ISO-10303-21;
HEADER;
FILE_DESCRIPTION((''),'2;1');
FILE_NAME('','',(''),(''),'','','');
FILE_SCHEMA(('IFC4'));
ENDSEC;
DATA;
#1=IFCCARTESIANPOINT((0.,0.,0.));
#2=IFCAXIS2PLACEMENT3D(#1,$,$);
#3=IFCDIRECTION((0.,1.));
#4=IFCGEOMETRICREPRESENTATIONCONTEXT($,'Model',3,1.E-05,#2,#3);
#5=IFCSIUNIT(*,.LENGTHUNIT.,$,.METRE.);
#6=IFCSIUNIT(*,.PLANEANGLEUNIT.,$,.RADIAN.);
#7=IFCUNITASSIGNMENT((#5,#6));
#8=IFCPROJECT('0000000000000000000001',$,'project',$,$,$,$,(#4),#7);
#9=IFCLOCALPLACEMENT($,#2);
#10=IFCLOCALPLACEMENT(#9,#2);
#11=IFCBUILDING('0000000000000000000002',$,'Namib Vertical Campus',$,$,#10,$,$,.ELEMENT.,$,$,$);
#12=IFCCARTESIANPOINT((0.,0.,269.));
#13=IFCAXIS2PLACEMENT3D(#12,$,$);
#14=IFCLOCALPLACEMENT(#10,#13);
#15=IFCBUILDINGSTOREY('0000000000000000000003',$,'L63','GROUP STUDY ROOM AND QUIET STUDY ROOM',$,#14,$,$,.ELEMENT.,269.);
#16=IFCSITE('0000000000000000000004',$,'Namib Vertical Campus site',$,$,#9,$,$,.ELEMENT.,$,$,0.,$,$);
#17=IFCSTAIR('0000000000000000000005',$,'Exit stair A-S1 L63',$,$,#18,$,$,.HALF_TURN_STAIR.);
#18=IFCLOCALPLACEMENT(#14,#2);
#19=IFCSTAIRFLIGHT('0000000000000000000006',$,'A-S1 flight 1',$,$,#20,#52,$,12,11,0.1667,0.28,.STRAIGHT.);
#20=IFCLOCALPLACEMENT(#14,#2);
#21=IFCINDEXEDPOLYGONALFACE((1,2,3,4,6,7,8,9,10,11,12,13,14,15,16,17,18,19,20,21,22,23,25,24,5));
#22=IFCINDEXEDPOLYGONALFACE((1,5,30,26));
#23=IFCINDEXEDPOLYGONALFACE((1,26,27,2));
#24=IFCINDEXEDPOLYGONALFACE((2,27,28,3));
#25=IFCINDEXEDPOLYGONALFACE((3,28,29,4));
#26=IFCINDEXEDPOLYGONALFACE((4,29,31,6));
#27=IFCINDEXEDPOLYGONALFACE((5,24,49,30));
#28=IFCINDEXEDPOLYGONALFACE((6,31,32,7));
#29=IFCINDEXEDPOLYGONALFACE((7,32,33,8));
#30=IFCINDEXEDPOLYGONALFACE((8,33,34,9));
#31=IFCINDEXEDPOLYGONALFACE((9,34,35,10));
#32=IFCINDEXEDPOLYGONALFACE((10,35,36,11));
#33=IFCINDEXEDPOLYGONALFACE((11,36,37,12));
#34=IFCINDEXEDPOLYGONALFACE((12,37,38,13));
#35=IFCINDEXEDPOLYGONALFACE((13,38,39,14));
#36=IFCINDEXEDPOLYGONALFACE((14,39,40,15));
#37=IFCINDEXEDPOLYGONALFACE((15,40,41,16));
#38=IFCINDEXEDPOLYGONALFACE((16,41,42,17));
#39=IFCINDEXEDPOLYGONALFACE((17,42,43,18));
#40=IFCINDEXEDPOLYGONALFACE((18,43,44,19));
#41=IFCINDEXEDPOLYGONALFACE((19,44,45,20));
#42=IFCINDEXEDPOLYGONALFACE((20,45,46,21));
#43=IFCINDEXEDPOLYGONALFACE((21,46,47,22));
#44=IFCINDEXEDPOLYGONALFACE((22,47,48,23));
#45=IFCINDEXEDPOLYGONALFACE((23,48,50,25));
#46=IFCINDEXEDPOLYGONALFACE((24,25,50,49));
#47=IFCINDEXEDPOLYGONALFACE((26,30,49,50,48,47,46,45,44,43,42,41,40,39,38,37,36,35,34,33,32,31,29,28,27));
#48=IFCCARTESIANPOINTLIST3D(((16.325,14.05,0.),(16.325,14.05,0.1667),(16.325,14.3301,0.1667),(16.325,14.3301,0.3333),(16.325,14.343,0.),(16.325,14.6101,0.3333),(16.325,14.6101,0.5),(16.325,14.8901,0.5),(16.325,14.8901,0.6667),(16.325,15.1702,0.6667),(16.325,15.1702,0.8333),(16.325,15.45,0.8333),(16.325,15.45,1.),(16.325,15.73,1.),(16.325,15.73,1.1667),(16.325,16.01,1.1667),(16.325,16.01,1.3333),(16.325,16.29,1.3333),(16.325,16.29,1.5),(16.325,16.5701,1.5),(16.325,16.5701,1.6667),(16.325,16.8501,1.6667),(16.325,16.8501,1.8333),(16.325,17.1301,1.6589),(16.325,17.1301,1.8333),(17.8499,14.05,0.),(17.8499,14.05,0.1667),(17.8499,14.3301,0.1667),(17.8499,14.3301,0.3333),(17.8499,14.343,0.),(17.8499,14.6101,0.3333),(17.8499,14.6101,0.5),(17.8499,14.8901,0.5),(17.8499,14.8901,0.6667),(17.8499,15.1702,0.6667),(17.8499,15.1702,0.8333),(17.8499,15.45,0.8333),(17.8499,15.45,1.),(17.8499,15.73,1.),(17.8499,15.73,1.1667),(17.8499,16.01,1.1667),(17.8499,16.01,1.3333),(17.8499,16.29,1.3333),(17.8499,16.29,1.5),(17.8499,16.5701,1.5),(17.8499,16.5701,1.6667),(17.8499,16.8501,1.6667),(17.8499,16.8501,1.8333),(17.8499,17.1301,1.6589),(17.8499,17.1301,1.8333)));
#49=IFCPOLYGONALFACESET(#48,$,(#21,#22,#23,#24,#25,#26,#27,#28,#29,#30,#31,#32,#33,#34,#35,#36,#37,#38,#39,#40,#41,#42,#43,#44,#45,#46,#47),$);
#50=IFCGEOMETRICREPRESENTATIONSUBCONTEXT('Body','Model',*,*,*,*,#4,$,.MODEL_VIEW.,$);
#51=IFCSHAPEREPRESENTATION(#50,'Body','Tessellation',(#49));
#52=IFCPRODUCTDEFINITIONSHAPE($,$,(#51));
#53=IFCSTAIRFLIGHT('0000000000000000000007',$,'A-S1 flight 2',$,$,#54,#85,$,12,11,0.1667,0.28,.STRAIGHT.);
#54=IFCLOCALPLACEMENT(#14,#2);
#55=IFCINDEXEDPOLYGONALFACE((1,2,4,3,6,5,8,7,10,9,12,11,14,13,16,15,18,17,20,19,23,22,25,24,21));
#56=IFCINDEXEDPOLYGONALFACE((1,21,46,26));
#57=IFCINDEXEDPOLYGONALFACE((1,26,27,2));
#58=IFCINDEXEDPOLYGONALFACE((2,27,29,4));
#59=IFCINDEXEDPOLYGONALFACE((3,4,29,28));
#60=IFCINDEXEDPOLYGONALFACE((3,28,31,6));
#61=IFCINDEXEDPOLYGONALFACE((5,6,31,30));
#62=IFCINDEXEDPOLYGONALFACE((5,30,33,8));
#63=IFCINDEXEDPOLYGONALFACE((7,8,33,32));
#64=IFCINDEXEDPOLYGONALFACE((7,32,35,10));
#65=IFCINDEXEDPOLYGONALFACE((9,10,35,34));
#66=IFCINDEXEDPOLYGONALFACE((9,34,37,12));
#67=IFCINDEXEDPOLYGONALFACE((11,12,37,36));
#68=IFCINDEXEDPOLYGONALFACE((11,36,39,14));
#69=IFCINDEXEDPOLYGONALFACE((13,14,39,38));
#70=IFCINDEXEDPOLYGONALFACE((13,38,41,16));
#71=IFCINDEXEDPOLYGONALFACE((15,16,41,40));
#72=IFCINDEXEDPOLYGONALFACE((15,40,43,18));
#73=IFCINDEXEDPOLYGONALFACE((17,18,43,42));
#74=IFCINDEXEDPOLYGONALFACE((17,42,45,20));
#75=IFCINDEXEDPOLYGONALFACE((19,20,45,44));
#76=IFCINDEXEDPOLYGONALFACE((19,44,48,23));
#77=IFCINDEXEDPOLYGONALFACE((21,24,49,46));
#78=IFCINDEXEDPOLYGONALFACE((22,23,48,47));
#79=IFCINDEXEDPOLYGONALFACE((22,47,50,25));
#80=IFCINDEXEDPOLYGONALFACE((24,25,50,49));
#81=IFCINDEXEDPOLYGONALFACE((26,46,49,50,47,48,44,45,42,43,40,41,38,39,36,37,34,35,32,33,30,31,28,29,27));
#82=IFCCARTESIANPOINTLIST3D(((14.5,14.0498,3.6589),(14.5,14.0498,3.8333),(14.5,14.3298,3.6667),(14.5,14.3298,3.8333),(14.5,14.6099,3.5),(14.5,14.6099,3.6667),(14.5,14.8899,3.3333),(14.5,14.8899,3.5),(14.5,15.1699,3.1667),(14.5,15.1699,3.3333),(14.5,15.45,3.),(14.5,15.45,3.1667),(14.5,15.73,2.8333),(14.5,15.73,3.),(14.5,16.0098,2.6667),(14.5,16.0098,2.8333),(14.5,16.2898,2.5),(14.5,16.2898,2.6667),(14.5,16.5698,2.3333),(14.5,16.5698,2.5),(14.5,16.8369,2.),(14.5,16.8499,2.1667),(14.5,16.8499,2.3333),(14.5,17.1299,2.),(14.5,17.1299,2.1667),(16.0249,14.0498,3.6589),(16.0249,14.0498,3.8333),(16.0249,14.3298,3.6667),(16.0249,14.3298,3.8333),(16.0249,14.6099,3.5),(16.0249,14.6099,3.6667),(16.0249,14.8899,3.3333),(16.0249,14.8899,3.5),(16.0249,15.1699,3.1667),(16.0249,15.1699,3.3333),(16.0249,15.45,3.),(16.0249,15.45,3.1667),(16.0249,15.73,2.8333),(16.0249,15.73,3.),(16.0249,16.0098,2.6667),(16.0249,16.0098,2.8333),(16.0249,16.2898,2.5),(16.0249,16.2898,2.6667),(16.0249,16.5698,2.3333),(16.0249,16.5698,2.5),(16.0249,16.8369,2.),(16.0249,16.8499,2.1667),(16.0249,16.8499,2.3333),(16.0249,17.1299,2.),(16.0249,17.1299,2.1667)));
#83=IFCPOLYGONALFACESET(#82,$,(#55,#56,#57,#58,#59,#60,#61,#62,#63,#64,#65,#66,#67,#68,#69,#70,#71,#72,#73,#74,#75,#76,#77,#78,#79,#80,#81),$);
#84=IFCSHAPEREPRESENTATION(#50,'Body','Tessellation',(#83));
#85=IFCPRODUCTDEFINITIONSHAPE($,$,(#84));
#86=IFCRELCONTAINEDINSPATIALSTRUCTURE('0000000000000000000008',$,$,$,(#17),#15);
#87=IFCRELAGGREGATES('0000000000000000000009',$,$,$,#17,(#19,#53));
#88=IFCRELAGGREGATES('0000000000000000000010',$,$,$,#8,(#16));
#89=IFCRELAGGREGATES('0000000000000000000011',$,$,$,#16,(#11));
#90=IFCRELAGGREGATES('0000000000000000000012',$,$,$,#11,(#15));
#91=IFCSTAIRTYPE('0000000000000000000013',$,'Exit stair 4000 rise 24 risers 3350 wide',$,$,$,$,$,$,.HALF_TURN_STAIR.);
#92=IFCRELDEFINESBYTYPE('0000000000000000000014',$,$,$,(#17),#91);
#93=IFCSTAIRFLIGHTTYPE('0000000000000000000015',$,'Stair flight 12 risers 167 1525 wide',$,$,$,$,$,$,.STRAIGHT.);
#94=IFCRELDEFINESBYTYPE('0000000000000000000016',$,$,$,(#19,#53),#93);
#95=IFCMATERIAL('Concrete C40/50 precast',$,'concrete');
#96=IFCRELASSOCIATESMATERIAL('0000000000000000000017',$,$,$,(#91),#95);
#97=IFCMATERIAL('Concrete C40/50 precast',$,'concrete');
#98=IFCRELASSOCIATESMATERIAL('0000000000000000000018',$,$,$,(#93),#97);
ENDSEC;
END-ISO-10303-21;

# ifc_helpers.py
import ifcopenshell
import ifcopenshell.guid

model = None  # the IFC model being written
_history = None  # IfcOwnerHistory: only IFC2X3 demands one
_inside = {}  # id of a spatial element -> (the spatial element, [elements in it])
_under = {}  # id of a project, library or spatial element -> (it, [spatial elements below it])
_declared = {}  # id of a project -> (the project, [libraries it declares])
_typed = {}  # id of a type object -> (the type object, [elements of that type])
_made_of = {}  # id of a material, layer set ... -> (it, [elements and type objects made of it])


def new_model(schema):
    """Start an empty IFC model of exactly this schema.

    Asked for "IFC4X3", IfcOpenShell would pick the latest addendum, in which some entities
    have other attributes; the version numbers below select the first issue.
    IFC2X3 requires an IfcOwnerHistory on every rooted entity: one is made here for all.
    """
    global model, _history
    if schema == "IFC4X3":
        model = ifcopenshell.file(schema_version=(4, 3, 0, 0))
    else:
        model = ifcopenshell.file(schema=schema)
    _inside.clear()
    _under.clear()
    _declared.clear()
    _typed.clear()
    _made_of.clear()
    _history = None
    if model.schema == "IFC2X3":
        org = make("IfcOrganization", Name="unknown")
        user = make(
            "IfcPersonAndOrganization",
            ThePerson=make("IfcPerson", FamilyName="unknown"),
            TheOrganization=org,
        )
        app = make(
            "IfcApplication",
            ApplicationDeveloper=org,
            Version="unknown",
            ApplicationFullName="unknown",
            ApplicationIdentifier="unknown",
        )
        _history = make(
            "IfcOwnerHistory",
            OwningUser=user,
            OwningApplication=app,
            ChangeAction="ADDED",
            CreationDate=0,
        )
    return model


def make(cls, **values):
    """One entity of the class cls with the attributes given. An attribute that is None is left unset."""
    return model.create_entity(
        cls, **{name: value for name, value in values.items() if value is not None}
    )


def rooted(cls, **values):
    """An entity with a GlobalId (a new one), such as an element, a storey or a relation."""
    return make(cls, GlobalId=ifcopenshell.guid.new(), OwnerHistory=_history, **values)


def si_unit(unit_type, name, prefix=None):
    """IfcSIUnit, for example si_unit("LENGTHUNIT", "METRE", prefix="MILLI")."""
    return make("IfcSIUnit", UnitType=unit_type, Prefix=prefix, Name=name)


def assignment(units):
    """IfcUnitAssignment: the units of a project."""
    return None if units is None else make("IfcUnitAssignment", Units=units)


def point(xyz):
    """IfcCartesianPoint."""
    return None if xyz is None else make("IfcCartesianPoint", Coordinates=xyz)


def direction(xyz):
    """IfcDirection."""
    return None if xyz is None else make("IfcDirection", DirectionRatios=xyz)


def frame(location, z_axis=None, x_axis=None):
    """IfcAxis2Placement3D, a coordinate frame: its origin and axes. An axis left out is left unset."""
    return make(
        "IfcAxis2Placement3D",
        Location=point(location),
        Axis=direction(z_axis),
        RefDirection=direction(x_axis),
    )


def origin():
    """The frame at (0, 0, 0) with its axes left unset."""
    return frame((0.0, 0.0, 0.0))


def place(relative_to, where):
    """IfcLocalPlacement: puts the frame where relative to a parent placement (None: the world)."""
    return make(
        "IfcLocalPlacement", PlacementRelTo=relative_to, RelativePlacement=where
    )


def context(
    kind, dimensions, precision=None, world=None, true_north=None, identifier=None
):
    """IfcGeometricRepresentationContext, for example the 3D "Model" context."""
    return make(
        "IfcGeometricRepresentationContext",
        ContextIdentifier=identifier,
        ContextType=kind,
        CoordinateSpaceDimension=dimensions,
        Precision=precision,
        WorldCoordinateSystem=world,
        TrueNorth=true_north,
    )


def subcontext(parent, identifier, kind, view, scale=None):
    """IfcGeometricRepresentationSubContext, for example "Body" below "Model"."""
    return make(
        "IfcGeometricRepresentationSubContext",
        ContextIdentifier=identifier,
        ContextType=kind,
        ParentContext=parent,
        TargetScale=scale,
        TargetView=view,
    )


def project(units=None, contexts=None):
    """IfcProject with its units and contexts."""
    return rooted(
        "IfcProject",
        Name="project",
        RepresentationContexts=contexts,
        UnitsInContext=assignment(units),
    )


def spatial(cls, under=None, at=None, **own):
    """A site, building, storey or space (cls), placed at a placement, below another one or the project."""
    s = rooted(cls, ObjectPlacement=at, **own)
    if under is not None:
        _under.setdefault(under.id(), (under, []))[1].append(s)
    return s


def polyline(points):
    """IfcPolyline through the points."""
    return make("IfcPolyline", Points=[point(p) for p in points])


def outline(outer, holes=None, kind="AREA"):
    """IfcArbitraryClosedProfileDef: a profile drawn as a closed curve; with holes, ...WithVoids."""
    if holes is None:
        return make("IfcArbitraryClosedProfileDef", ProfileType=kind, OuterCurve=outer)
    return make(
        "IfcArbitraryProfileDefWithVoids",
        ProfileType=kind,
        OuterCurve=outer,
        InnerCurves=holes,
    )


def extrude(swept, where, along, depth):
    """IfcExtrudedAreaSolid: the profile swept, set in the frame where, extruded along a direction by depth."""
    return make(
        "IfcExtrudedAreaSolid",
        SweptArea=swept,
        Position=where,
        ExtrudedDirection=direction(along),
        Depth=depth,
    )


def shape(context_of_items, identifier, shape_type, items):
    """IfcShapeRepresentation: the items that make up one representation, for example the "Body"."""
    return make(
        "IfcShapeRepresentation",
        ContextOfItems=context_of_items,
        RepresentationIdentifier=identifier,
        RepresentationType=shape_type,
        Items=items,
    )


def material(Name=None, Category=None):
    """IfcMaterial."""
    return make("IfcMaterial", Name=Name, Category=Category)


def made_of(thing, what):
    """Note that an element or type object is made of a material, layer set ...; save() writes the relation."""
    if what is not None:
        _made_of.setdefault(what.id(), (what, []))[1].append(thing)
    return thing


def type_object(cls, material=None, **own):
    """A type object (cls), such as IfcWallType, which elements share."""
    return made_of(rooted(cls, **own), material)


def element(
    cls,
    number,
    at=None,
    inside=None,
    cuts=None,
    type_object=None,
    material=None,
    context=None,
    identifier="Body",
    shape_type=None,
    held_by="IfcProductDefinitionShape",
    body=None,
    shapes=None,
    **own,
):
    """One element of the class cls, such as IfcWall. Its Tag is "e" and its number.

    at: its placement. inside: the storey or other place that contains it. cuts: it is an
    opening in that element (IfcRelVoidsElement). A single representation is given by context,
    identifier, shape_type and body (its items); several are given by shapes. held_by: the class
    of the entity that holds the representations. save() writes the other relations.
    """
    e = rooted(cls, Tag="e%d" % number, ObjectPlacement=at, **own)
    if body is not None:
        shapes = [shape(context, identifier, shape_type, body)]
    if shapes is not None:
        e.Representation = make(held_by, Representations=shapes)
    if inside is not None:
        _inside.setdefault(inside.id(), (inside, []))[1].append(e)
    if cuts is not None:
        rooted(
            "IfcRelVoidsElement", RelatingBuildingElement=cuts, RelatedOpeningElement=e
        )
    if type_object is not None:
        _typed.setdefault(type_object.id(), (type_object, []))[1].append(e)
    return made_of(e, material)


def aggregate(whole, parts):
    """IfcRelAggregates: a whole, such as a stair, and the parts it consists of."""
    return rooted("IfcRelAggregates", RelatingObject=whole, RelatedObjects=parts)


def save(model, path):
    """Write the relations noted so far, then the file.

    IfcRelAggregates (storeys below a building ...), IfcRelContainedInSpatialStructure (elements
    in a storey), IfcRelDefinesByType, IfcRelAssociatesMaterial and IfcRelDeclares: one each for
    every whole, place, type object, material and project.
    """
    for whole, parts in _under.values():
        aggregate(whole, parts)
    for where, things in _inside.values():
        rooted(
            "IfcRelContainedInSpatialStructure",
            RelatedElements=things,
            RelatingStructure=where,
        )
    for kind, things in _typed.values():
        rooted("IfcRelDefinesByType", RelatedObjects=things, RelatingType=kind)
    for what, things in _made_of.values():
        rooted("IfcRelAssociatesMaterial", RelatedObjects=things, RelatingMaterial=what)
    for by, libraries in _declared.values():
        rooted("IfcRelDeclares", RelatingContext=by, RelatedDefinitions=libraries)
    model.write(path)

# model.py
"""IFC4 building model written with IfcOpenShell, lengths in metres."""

from ifc_helpers import new_model, si_unit, direction, frame, origin, place, context, subcontext, project, spatial, polyline, outline, extrude, material, type_object, element, aggregate, save


model = new_model("IFC4")

# Units and contexts
model_context = context("Model", 3, precision=1e-05, world=origin(), true_north=direction((0.0, 1.0)))
body_context = subcontext(model_context, "Body", "Model", "MODEL_VIEW")
ifc_project = project(units=[si_unit("LENGTHUNIT", "METRE"), si_unit("PLANEANGLEUNIT", "RADIAN")], contexts=[model_context])

# Site, building, storey
site_placement = place(None, origin())
site = spatial("IfcSite", under=ifc_project, at=site_placement, Name="Namib Vertical Campus site", CompositionType="ELEMENT", RefElevation=0.0)
building_placement = place(site_placement, origin())
building = spatial("IfcBuilding", under=site, at=building_placement, Name="Namib Vertical Campus", CompositionType="ELEMENT")
storey_placement = place(building_placement, frame((0.0, 0.0, 269.0)))
storey = spatial("IfcBuildingStorey", under=building, at=storey_placement, Name="L63", Description="GROUP STUDY ROOM AND QUIET STUDY ROOM", CompositionType="ELEMENT", Elevation=269.0)

# Stair, stair flights
ifc_material_1 = material(Name="Concrete C40/50 precast", Category="concrete")
stair_type = type_object("IfcStairType", Name="Exit stair 4000 rise 24 risers 3350 wide", PredefinedType="HALF_TURN_STAIR", material=ifc_material_1)
stair_placement = place(storey_placement, origin())
stair = element("IfcStair", 1, at=stair_placement, inside=storey, type_object=stair_type, Name="Exit stair A-S1 L63", PredefinedType="HALF_TURN_STAIR")
ifc_material_2 = material(Name="Concrete C40/50 precast", Category="concrete")
stair_flight_type = type_object("IfcStairFlightType", Name="Stair flight 12 risers 167 1525 wide", PredefinedType="STRAIGHT", material=ifc_material_2)
stair_flight_1_placement = place(storey_placement, frame((17.0874, 14.05, 0.0), z_axis=(0.0, 0.0, 1.0), x_axis=(0.0, 1.0, 0.0)))
stair_flight_1 = element("IfcStairFlight", 2, at=stair_flight_1_placement, type_object=stair_flight_type, Name="A-S1 flight 1", NumberOfRisers=12, NumberOfTreads=11, PredefinedType="STRAIGHT", RiserHeight=0.1667, TreadLength=0.28, context=body_context, shape_type="SweptSolid", body=[
    extrude(outline(polyline([(0.0, 0.0), (0.0, 0.1667), (0.28, 0.1667), (0.28, 0.3333), (0.5601, 0.3333), (0.5601, 0.5), (0.8401, 0.5), (0.8401, 0.6667), (1.1201, 0.6667), (1.1201, 0.8333), (1.3999, 0.8333), (1.3999, 1.0), (1.6799, 1.0), (1.6799, 1.1667), (1.96, 1.1667), (1.96, 1.3333), (2.24, 1.3333), (2.24, 1.5), (2.52, 1.5), (2.52, 1.6667), (2.8, 1.6667), (2.8, 1.8333), (3.0801, 1.8333), (3.0801, 2.0), (3.0801, 1.6589), (0.293, 0.0), (0.0, 0.0)])), frame((0.0, 0.7625, 0.0), z_axis=(0.0, -1.0, 0.0), x_axis=(1.0, 0.0, 0.0)), (0.0, 0.0, 1.0), 1.5249),
])
stair_flight_2_placement = place(storey_placement, frame((15.2625, 17.1299, 2.0), z_axis=(0.0, 0.0, 1.0), x_axis=(0.0, -1.0, 0.0)))
stair_flight_2 = element("IfcStairFlight", 3, at=stair_flight_2_placement, type_object=stair_flight_type, Name="A-S1 flight 2", NumberOfRisers=12, NumberOfTreads=11, PredefinedType="STRAIGHT", RiserHeight=0.1667, TreadLength=0.28, context=body_context, shape_type="SweptSolid", body=[
    extrude(outline(polyline([(0.0, 0.0), (0.0, 0.1667), (0.28, 0.1667), (0.28, 0.3333), (0.5601, 0.3333), (0.5601, 0.5), (0.8401, 0.5), (0.8401, 0.6667), (1.1201, 0.6667), (1.1201, 0.8333), (1.3999, 0.8333), (1.3999, 1.0), (1.6799, 1.0), (1.6799, 1.1667), (1.96, 1.1667), (1.96, 1.3333), (2.24, 1.3333), (2.24, 1.5), (2.52, 1.5), (2.52, 1.6667), (2.8, 1.6667), (2.8, 1.8333), (3.0801, 1.8333), (3.0801, 2.0), (3.0801, 1.6589), (0.293, 0.0), (0.0, 0.0)])), frame((0.0, 0.7625, 0.0), z_axis=(0.0, -1.0, 0.0), x_axis=(1.0, 0.0, 0.0)), (0.0, 0.0, 1.0), 1.5249),
])
aggregate(stair, [stair_flight_1, stair_flight_2])

save(model, "model.ifc")
